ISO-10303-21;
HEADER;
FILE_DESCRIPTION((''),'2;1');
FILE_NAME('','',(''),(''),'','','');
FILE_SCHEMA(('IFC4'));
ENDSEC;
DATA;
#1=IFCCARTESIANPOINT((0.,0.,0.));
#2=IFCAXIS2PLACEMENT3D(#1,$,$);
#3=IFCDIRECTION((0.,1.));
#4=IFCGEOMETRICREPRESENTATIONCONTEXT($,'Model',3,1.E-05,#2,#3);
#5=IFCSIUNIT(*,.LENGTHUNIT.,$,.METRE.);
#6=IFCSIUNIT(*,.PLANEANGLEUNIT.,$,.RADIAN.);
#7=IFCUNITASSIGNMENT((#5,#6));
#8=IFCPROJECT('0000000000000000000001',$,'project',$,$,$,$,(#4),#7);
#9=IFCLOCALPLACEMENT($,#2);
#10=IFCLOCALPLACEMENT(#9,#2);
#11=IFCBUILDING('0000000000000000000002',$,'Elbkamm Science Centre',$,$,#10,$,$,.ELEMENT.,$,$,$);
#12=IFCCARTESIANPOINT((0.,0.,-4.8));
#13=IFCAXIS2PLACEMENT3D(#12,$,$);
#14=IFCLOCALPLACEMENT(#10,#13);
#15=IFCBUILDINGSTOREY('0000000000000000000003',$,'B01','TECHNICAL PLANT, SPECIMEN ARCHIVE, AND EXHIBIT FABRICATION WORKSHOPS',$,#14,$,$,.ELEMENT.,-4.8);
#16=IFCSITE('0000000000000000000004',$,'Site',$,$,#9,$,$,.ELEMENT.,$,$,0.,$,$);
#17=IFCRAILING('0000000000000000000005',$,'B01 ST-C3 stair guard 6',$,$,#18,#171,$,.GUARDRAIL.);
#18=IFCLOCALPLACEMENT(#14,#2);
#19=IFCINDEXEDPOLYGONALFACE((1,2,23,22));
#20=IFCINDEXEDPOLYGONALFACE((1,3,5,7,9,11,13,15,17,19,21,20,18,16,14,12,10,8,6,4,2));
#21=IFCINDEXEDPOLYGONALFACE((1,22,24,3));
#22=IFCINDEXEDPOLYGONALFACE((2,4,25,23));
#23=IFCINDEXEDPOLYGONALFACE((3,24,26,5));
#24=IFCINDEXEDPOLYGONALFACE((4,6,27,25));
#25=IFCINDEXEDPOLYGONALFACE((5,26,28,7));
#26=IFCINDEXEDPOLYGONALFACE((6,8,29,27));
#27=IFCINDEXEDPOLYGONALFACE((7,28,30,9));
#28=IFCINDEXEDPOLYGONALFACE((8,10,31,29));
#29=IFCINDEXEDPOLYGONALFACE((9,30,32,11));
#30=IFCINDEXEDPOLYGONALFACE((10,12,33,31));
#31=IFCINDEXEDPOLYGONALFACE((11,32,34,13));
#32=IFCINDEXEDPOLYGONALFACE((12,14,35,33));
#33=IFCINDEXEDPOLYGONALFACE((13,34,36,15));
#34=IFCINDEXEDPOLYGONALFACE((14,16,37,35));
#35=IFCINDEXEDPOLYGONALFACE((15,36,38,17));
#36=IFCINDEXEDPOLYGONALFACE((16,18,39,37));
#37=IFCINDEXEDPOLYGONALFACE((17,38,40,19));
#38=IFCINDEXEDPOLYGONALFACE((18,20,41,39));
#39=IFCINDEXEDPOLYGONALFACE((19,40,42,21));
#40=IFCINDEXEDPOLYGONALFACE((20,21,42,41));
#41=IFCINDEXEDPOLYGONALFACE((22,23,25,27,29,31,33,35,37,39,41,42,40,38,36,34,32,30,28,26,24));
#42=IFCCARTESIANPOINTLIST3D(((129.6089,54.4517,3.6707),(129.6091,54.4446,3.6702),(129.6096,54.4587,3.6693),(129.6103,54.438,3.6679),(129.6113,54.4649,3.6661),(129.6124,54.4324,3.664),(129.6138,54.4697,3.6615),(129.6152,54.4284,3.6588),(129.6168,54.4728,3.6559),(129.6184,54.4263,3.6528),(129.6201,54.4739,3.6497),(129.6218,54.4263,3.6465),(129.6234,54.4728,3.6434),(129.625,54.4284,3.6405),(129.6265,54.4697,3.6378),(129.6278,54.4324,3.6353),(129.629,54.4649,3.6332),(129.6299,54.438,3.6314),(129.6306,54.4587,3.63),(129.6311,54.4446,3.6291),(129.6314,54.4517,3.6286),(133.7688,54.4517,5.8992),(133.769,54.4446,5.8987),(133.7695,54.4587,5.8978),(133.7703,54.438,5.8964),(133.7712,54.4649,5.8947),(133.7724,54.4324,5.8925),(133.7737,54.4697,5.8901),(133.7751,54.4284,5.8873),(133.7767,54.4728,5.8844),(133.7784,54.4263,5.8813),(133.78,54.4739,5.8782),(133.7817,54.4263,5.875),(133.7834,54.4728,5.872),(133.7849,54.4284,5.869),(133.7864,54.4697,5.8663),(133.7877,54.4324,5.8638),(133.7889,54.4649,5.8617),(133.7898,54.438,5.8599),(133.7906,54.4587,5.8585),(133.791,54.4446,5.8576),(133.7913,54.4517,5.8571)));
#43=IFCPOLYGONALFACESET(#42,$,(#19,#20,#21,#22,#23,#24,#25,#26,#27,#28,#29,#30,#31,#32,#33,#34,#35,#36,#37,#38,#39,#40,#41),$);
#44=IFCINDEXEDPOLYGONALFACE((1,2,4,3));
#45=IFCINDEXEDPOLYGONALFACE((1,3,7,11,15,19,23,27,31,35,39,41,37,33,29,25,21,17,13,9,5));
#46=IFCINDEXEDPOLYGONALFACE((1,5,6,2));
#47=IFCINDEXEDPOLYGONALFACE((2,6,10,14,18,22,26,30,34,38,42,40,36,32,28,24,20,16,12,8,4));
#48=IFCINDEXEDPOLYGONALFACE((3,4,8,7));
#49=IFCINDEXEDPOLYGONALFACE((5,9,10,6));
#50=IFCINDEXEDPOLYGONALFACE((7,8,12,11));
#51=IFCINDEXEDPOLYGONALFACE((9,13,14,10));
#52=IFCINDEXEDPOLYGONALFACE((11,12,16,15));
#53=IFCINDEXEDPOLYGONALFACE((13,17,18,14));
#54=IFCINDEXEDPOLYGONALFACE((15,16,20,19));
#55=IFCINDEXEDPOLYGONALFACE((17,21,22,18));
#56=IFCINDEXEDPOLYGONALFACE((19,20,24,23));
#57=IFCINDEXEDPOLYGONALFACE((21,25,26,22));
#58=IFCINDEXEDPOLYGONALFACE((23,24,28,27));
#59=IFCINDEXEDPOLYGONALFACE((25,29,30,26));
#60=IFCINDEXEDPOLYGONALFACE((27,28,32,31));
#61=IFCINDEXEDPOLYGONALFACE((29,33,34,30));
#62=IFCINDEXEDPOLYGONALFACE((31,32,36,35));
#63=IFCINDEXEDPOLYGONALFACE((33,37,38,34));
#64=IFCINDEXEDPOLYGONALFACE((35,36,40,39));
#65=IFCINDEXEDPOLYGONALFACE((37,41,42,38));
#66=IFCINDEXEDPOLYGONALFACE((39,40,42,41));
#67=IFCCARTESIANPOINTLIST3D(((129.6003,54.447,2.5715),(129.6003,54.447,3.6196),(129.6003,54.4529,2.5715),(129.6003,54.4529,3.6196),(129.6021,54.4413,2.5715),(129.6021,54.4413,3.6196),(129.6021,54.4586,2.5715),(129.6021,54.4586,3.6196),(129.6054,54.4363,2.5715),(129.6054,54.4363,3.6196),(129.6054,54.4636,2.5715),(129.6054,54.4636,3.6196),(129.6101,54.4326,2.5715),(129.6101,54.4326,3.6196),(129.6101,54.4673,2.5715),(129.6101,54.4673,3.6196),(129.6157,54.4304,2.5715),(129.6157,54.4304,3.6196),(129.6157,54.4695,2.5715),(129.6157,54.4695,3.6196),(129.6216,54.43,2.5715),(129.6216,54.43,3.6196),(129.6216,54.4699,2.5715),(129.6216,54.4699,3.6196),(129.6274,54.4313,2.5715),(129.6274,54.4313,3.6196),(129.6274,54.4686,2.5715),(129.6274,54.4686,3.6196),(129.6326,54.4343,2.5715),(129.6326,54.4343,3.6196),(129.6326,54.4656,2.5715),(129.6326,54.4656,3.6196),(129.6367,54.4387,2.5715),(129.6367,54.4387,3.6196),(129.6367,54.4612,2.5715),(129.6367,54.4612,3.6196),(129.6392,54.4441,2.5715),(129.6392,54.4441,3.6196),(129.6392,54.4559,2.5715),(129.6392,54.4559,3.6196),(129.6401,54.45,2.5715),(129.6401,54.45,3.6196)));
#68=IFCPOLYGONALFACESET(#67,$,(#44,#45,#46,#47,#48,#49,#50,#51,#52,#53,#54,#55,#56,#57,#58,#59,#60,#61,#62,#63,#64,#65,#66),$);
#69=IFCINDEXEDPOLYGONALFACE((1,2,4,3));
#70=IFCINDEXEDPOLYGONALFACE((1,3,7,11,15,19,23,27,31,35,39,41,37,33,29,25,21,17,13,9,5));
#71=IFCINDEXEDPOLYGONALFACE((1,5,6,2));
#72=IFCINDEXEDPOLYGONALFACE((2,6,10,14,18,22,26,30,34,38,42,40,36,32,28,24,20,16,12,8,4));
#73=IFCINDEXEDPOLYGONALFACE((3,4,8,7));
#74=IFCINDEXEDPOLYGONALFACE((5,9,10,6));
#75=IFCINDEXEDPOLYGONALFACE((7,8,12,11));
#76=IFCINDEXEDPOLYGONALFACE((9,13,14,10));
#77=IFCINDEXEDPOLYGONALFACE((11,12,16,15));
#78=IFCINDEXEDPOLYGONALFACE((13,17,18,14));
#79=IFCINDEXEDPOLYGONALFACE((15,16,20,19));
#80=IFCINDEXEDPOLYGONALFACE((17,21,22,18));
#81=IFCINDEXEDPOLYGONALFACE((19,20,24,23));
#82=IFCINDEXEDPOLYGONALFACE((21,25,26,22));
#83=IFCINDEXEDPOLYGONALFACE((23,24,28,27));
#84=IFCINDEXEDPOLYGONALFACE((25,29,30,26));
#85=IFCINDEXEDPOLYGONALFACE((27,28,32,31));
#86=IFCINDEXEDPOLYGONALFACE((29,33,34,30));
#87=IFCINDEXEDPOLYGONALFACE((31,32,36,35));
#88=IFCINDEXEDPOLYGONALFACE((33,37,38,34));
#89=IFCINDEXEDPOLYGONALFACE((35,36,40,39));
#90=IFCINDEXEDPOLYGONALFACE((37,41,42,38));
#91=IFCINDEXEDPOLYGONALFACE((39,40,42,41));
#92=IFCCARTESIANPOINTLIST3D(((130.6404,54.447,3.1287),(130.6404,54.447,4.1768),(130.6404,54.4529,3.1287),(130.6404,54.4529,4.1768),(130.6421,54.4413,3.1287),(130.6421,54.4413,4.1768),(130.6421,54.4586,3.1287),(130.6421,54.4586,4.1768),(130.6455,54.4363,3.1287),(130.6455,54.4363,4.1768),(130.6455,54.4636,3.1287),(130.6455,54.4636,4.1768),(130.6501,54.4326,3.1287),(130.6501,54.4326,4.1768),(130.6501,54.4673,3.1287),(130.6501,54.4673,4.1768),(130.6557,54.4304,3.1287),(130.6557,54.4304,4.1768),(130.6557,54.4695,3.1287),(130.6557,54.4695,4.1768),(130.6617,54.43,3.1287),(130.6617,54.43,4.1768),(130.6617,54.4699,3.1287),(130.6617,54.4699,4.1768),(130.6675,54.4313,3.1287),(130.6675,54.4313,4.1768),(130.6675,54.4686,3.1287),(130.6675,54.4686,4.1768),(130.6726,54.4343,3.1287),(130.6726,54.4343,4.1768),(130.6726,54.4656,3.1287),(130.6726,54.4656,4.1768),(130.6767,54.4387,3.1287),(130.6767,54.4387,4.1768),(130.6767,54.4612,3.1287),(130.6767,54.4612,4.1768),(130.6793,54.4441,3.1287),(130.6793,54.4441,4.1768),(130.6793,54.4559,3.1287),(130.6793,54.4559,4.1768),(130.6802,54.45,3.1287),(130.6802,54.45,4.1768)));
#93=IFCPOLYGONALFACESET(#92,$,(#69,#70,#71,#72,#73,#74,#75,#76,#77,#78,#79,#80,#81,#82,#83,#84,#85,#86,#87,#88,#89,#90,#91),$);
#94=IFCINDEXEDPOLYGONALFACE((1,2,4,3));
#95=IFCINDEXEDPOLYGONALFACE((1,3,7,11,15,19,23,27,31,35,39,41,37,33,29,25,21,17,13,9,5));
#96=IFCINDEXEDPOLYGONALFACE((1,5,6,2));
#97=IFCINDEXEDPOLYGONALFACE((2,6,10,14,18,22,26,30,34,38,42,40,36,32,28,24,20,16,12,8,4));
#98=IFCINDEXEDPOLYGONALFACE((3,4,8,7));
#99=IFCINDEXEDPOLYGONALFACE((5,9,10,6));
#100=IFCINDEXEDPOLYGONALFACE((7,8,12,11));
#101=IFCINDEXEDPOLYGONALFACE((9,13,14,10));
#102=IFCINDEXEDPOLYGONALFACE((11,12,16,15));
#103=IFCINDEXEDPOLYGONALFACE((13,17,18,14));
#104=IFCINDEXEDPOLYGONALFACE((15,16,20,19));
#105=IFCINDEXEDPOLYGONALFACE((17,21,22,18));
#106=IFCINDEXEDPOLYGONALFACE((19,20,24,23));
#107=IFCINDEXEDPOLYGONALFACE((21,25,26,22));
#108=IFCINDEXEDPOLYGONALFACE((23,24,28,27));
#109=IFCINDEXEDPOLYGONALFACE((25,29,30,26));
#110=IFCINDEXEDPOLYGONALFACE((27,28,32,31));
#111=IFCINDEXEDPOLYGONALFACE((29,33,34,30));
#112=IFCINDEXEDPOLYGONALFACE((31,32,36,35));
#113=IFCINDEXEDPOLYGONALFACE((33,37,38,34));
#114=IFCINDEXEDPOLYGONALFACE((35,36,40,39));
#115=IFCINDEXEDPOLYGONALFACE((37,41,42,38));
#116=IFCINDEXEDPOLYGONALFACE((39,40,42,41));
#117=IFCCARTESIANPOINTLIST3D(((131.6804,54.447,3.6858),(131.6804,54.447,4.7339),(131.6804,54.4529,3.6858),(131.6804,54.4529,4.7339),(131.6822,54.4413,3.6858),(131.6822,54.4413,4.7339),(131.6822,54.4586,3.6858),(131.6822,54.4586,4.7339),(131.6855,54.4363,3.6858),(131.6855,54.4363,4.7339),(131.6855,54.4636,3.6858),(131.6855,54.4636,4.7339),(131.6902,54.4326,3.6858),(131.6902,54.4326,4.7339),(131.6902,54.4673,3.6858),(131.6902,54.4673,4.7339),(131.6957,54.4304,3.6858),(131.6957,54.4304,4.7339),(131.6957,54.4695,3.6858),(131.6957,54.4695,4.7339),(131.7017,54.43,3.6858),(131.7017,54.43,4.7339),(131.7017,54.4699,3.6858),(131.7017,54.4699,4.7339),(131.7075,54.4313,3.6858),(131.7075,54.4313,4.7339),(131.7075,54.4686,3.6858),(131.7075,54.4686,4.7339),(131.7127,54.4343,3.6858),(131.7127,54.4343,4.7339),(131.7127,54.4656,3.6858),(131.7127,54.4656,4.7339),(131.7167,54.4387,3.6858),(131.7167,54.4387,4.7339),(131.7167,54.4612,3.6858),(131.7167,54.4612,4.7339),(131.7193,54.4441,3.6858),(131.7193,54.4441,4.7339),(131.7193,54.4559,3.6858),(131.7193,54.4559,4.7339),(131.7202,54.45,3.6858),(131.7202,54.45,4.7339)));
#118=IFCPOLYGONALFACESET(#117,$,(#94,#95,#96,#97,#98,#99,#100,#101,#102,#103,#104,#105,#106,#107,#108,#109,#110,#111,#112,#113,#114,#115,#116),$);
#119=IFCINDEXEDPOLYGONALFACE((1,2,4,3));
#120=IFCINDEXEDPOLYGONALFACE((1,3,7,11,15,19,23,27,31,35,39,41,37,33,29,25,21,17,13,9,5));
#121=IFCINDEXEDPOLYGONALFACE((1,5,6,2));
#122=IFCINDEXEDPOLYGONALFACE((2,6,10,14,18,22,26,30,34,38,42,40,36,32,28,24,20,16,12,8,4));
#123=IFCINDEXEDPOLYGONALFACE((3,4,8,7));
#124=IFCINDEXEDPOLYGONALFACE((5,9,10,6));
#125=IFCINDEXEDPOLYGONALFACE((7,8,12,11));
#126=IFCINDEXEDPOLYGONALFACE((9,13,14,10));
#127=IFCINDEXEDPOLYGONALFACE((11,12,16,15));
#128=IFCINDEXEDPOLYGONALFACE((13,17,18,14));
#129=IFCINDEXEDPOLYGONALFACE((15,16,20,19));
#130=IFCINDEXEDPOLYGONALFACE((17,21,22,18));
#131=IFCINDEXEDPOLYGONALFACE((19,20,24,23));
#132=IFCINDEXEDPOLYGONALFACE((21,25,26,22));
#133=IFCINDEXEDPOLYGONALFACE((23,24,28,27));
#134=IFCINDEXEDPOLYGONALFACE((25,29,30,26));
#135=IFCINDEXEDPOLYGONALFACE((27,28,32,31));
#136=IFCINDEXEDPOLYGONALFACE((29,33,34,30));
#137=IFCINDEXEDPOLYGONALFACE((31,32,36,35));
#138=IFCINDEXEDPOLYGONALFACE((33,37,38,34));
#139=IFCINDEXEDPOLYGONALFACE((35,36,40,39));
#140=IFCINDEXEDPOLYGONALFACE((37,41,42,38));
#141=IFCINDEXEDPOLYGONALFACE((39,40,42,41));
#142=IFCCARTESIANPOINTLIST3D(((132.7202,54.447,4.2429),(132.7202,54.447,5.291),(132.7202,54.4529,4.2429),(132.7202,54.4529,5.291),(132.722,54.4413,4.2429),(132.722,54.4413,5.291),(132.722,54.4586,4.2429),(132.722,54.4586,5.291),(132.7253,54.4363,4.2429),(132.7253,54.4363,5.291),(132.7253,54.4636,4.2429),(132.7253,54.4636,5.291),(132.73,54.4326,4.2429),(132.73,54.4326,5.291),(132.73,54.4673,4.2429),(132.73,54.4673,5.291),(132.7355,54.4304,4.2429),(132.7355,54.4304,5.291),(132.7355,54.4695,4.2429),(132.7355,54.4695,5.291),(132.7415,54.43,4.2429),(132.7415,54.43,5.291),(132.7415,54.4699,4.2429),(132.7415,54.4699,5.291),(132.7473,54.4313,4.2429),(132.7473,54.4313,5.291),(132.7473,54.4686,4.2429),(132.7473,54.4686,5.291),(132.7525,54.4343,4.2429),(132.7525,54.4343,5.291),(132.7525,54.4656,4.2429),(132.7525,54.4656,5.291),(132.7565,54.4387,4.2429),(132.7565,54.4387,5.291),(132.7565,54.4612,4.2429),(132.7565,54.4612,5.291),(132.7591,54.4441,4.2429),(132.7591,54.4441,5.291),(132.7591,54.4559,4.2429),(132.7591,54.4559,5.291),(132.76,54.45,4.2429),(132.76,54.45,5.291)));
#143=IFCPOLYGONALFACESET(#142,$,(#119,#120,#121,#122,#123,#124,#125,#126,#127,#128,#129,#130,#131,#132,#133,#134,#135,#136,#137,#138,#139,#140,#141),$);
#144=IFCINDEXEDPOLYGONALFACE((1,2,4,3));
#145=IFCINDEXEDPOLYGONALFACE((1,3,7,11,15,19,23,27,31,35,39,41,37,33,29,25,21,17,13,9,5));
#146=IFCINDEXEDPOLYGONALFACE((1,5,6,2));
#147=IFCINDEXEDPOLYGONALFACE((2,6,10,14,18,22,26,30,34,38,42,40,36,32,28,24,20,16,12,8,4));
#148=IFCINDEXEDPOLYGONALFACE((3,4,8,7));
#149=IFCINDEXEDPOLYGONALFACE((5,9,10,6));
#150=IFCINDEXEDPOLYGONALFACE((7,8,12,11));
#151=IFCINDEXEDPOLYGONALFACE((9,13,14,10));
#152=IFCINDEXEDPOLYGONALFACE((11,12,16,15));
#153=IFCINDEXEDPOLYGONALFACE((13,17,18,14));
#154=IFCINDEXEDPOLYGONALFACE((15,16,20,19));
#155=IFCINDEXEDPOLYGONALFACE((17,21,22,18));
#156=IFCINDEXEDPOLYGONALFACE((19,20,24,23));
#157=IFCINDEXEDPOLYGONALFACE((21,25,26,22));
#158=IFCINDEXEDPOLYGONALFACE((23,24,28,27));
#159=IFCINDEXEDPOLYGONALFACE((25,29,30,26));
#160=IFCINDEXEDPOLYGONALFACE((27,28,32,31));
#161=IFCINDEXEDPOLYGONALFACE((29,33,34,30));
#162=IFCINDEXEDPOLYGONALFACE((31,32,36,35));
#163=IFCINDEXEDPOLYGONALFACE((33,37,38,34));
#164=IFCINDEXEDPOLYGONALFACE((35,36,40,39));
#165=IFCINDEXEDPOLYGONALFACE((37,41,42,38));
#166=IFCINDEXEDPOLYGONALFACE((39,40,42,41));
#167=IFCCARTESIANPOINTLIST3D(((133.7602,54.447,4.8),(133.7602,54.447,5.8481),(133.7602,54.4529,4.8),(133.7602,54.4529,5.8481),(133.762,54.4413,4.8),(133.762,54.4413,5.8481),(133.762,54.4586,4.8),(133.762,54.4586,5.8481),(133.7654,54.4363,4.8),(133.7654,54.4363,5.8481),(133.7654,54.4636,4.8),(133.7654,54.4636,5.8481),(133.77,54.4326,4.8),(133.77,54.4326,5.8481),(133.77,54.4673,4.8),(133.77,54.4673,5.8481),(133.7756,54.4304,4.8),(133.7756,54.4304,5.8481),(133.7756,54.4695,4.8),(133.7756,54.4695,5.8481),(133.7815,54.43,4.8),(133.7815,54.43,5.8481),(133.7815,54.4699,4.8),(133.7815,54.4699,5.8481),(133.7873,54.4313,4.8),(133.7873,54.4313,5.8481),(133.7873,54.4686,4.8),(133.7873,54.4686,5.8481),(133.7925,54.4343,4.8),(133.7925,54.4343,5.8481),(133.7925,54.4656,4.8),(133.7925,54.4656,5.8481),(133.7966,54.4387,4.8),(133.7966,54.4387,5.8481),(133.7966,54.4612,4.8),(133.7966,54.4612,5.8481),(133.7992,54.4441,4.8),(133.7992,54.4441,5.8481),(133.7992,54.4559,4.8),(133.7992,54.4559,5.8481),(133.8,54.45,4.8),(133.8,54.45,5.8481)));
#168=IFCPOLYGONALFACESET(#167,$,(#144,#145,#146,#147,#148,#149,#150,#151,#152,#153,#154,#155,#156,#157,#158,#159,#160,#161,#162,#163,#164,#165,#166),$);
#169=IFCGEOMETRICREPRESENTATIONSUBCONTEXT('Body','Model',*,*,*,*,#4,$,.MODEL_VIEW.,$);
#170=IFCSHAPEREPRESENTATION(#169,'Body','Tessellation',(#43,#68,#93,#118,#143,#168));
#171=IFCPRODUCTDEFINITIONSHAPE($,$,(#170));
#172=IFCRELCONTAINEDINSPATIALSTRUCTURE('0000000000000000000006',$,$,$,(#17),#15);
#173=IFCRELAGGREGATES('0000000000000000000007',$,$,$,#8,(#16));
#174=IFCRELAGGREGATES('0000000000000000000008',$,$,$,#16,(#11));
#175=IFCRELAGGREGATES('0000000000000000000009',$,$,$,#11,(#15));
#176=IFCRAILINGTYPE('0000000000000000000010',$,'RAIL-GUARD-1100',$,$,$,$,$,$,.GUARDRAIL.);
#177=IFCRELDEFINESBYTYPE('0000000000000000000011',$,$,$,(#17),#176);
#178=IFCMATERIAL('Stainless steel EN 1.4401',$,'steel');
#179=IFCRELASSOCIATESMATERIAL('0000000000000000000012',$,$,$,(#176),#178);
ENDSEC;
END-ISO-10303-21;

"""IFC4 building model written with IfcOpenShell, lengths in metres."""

from ifc_helpers import new_model, si_unit, direction, frame, origin, origin_2d, place, context, subcontext, project, spatial, circle, extrude, material, type_object, element, save


model = new_model("IFC4")

# Units and contexts
model_context = context("Model", 3, precision=1e-05, world=origin(), true_north=direction((0.0, 1.0)))
body_context = subcontext(model_context, "Body", "Model", "MODEL_VIEW")
ifc_project = project(units=[si_unit("LENGTHUNIT", "METRE"), si_unit("PLANEANGLEUNIT", "RADIAN")], contexts=[model_context])

# Site, building, storey
site_placement = place(None, origin())
site = spatial("IfcSite", under=ifc_project, at=site_placement, Name="Site", CompositionType="ELEMENT", RefElevation=0.0)
building_placement = place(site_placement, origin())
building = spatial("IfcBuilding", under=site, at=building_placement, Name="Elbkamm Science Centre", CompositionType="ELEMENT")
storey_placement = place(building_placement, frame((0.0, 0.0, -4.8)))
storey = spatial("IfcBuildingStorey", under=building, at=storey_placement, Name="B01", Description="TECHNICAL PLANT, SPECIMEN ARCHIVE, AND EXHIBIT FABRICATION WORKSHOPS", CompositionType="ELEMENT", Elevation=-4.8)

# Railing
ifc_material_1 = material(Name="Stainless steel EN 1.4401", Category="steel")
railing_type_1 = type_object("IfcRailingType", Name="RAIL-GUARD-1100", PredefinedType="GUARDRAIL", material=ifc_material_1)
railing_1_placement = place(storey_placement, frame((129.6201, 54.45, 2.5715)))
element("IfcRailing", 1, at=railing_1_placement, inside=storey, type_object=railing_type_1, Name="B01 ST-C3 stair guard 6", PredefinedType="GUARDRAIL", context=body_context, shape_type="SweptSolid", body=[
    extrude(circle(Radius=0.0239, at=origin_2d()), frame((0.0, 0.0, 1.0781), z_axis=(0.881481, 0.0, 0.47222), x_axis=(0.0, 1.0, 0.0)), (0.0, 0.0, 1.0), 4.7192),
    extrude(circle(Radius=0.02, at=origin_2d()), origin(), (0.0, 0.0, 1.0), 1.0481),
    extrude(circle(Radius=0.02, at=origin_2d()), frame((1.04, 0.0, 0.5571)), (0.0, 0.0, 1.0), 1.0481),
    extrude(circle(Radius=0.02, at=origin_2d()), frame((2.0801, 0.0, 1.1143)), (0.0, 0.0, 1.0), 1.0481),
    extrude(circle(Radius=0.02, at=origin_2d()), frame((3.1199, 0.0, 1.6714)), (0.0, 0.0, 1.0), 1.0481),
    extrude(circle(Radius=0.02, at=origin_2d()), frame((4.1599, 0.0, 2.2285)), (0.0, 0.0, 1.0), 1.0481),
])

save(model, "model.ifc")
